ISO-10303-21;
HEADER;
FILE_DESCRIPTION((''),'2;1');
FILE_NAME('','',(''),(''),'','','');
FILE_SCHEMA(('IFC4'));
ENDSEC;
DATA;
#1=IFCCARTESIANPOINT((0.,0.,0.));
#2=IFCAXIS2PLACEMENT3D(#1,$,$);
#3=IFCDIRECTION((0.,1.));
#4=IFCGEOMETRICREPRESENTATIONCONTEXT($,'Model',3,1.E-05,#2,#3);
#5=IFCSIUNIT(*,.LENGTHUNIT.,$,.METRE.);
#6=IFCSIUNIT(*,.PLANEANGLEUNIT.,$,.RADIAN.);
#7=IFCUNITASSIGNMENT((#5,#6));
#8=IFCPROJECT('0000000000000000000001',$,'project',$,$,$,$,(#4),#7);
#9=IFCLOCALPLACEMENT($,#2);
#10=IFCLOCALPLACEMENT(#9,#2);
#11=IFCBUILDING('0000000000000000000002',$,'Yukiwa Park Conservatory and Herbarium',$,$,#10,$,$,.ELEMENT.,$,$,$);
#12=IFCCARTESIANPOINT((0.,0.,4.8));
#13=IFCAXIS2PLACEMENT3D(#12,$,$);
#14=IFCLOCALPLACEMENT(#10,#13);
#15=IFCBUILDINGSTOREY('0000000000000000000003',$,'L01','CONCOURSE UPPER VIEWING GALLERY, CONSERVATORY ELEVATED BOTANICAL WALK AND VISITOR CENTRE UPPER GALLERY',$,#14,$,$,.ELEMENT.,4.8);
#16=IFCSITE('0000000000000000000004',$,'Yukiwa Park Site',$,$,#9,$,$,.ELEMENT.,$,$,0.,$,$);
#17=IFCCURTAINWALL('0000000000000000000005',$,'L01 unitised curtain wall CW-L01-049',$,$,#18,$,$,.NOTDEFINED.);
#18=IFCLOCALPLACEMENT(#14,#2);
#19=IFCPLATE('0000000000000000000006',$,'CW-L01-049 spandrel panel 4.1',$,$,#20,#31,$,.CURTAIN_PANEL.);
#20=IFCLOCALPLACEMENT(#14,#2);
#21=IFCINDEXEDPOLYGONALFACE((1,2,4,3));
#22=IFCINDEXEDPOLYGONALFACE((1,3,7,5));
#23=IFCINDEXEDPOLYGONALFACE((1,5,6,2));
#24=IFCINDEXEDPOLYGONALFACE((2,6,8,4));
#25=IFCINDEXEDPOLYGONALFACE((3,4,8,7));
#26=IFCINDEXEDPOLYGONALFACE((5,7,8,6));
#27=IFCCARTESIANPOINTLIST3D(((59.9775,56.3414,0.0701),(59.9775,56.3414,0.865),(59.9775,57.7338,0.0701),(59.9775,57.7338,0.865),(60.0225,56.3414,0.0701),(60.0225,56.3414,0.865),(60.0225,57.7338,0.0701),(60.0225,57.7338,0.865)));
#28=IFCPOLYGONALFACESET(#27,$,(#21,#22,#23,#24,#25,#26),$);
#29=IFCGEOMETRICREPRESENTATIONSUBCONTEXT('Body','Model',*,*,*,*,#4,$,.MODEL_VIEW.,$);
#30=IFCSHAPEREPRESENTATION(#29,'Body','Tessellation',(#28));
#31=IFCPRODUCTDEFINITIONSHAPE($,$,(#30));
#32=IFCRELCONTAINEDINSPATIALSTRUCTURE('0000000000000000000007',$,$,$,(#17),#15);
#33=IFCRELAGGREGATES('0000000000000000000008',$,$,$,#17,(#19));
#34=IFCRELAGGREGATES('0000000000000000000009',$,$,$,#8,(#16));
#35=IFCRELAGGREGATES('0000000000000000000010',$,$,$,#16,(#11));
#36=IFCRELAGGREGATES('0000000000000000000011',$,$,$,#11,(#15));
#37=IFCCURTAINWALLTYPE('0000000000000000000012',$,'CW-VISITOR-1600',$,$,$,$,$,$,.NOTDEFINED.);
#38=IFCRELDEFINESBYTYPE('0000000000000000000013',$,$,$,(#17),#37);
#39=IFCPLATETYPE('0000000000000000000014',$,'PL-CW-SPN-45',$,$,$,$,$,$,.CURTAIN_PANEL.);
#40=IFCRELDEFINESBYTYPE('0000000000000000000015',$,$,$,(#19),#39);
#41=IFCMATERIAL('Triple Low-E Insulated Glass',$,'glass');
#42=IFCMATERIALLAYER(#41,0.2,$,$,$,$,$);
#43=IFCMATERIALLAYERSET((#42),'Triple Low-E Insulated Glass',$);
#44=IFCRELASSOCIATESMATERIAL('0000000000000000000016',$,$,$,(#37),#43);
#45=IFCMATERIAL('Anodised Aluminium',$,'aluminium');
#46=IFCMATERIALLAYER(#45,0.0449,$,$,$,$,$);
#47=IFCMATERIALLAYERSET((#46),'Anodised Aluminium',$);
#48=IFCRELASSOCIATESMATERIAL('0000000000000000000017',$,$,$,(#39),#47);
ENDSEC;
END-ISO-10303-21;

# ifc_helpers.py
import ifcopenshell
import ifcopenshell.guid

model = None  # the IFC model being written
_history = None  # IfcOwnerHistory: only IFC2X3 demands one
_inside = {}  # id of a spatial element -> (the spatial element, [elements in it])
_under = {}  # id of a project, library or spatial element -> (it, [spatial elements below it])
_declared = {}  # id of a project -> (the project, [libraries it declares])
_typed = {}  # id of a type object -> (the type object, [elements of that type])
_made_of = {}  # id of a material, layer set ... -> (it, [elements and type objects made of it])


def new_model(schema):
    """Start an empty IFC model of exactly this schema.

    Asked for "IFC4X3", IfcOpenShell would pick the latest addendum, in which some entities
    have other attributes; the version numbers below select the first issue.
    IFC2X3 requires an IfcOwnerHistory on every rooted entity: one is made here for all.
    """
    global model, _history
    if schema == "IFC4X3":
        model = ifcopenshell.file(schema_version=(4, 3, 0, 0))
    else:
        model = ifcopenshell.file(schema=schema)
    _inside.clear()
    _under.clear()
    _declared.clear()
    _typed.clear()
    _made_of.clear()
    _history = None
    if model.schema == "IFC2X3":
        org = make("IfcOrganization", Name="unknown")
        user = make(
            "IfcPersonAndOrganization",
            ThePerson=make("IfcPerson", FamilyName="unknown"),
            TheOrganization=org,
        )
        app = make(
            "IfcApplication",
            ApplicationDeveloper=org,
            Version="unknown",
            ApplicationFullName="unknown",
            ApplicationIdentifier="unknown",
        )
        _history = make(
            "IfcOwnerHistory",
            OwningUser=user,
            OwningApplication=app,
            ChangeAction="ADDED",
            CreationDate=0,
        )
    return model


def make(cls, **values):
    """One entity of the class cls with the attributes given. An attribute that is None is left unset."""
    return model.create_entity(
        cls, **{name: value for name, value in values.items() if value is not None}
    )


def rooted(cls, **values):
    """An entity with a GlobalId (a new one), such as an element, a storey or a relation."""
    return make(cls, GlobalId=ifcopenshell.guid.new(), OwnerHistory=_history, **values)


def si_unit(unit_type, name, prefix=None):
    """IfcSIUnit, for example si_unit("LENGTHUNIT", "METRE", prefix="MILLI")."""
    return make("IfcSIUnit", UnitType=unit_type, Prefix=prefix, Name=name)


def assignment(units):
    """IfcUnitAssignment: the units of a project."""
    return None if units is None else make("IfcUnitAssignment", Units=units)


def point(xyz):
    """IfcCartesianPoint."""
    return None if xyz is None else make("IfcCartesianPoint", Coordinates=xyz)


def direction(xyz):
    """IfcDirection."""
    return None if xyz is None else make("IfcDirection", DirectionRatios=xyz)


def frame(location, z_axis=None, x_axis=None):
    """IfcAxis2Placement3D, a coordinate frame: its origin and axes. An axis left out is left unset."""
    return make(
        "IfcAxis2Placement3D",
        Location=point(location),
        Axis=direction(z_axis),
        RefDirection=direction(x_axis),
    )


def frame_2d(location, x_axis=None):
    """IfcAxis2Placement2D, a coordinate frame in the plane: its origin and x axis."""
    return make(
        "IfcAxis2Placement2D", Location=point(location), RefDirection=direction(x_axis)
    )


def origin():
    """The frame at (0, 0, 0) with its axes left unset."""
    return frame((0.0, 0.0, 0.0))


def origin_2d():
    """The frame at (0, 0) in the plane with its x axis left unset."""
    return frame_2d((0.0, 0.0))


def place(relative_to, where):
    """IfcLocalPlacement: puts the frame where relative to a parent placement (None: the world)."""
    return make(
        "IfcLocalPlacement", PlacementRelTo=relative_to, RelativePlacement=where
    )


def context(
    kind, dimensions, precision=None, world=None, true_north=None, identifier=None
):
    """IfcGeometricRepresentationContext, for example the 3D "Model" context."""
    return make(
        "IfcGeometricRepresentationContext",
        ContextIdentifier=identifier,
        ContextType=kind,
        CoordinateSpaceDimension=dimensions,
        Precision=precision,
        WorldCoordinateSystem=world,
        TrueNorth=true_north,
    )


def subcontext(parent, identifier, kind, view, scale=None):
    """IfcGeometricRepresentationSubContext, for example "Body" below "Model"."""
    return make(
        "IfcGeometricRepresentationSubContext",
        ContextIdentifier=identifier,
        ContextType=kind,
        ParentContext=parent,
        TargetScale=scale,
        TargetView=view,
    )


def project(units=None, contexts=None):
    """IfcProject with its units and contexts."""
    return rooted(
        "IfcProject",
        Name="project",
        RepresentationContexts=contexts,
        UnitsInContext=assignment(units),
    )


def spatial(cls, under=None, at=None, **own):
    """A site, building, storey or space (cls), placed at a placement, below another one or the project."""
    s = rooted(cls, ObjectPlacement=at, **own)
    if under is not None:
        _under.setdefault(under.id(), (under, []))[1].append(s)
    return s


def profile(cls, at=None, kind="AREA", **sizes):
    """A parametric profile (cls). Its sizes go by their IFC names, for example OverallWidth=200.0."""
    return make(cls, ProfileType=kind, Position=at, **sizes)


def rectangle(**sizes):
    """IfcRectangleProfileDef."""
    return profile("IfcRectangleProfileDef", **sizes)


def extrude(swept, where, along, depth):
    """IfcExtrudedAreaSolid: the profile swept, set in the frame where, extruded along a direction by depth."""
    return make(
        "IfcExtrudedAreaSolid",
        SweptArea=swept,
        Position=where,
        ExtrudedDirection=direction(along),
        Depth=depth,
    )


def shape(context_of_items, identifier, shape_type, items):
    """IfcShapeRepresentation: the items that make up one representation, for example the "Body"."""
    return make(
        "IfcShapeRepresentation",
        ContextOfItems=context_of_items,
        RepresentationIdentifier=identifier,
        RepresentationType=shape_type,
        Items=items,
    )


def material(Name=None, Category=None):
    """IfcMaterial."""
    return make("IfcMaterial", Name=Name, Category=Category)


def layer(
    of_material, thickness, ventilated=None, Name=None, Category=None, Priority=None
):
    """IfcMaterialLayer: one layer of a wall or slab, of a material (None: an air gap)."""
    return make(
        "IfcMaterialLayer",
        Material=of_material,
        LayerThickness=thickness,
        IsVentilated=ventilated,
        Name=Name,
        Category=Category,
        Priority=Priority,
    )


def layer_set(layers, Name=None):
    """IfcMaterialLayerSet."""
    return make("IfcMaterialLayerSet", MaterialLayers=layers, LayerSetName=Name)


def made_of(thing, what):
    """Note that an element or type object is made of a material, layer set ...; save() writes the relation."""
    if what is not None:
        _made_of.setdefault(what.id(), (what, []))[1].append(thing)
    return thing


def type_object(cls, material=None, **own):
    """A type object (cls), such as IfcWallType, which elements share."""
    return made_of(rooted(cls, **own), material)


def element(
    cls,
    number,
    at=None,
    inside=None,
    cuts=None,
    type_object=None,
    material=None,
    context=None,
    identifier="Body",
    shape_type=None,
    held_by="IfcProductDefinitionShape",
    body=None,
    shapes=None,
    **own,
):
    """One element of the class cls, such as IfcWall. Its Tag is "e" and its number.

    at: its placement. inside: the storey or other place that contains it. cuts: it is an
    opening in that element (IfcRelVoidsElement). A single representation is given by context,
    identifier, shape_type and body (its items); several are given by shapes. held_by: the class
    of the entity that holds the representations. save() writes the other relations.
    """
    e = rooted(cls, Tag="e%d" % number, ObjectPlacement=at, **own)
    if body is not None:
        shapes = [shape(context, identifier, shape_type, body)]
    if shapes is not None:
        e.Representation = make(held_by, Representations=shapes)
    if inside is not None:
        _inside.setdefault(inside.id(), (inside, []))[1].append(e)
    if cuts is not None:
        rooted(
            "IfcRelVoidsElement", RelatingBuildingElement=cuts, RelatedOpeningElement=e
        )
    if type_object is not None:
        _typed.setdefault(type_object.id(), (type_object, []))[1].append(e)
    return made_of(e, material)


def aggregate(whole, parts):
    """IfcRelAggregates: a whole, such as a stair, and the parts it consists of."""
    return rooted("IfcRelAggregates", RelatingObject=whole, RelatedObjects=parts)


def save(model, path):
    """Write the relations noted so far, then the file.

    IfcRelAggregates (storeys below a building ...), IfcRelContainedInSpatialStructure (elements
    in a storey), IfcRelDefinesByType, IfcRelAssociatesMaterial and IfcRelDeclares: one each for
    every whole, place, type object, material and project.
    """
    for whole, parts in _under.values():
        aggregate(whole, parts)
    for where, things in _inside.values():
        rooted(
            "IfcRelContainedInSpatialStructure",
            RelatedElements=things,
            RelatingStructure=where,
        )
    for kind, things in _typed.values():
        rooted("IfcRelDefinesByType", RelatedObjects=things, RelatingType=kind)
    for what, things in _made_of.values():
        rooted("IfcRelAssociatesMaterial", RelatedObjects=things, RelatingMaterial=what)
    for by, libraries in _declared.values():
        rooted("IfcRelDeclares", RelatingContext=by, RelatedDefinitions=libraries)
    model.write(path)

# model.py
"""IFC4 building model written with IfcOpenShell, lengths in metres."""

from ifc_helpers import new_model, si_unit, direction, frame, origin, origin_2d, place, context, subcontext, project, spatial, rectangle, extrude, material, layer, layer_set, type_object, element, aggregate, save


model = new_model("IFC4")

# Units and contexts
model_context = context("Model", 3, precision=1e-05, world=origin(), true_north=direction((0.0, 1.0)))
body_context = subcontext(model_context, "Body", "Model", "MODEL_VIEW")
ifc_project = project(units=[si_unit("LENGTHUNIT", "METRE"), si_unit("PLANEANGLEUNIT", "RADIAN")], contexts=[model_context])

# Site, building, storey
site_placement = place(None, origin())
site = spatial("IfcSite", under=ifc_project, at=site_placement, Name="Yukiwa Park Site", CompositionType="ELEMENT", RefElevation=0.0)
building_placement = place(site_placement, origin())
building = spatial("IfcBuilding", under=site, at=building_placement, Name="Yukiwa Park Conservatory and Herbarium", CompositionType="ELEMENT")
storey_placement = place(building_placement, frame((0.0, 0.0, 4.8)))
storey = spatial("IfcBuildingStorey", under=building, at=storey_placement, Name="L01", Description="CONCOURSE UPPER VIEWING GALLERY, CONSERVATORY ELEVATED BOTANICAL WALK AND VISITOR CENTRE UPPER GALLERY", CompositionType="ELEMENT", Elevation=4.8)

# Shared definitions
ifc_material_1 = material(Name="Triple Low-E Insulated Glass", Category="glass")
ifc_layer_1 = layer(ifc_material_1, 0.2)
ifc_layer_set_1 = layer_set([ifc_layer_1], Name="Triple Low-E Insulated Glass")
curtain_wall_type = type_object("IfcCurtainWallType", Name="CW-VISITOR-1600", PredefinedType="NOTDEFINED", material=ifc_layer_set_1)

# Curtain wall
curtain_wall_1_placement = place(storey_placement, origin())
curtain_wall_1 = element("IfcCurtainWall", 1, at=curtain_wall_1_placement, inside=storey, type_object=curtain_wall_type, Name="L01 unitised curtain wall CW-L01-049", PredefinedType="NOTDEFINED")

# Plate
ifc_material_2 = material(Name="Anodised Aluminium", Category="aluminium")
ifc_layer_2 = layer(ifc_material_2, 0.0449)
ifc_layer_set_2 = layer_set([ifc_layer_2], Name="Anodised Aluminium")
plate_type_1 = type_object("IfcPlateType", Name="PL-CW-SPN-45", PredefinedType="CURTAIN_PANEL", material=ifc_layer_set_2)
plate_1_placement = place(storey_placement, frame((60.0, 57.0376, 0.0701), z_axis=(0.0, 0.0, 1.0), x_axis=(0.0, -1.0, 0.0)))
plate_1 = element("IfcPlate", 2, at=plate_1_placement, type_object=plate_type_1, Name="CW-L01-049 spandrel panel 4.1", PredefinedType="CURTAIN_PANEL", context=body_context, shape_type="SweptSolid", body=[
    extrude(rectangle(XDim=1.3923, YDim=0.0449, at=origin_2d()), origin(), (0.0, 0.0, 1.0), 0.7949),
])
aggregate(curtain_wall_1, [plate_1])

save(model, "model.ifc")
